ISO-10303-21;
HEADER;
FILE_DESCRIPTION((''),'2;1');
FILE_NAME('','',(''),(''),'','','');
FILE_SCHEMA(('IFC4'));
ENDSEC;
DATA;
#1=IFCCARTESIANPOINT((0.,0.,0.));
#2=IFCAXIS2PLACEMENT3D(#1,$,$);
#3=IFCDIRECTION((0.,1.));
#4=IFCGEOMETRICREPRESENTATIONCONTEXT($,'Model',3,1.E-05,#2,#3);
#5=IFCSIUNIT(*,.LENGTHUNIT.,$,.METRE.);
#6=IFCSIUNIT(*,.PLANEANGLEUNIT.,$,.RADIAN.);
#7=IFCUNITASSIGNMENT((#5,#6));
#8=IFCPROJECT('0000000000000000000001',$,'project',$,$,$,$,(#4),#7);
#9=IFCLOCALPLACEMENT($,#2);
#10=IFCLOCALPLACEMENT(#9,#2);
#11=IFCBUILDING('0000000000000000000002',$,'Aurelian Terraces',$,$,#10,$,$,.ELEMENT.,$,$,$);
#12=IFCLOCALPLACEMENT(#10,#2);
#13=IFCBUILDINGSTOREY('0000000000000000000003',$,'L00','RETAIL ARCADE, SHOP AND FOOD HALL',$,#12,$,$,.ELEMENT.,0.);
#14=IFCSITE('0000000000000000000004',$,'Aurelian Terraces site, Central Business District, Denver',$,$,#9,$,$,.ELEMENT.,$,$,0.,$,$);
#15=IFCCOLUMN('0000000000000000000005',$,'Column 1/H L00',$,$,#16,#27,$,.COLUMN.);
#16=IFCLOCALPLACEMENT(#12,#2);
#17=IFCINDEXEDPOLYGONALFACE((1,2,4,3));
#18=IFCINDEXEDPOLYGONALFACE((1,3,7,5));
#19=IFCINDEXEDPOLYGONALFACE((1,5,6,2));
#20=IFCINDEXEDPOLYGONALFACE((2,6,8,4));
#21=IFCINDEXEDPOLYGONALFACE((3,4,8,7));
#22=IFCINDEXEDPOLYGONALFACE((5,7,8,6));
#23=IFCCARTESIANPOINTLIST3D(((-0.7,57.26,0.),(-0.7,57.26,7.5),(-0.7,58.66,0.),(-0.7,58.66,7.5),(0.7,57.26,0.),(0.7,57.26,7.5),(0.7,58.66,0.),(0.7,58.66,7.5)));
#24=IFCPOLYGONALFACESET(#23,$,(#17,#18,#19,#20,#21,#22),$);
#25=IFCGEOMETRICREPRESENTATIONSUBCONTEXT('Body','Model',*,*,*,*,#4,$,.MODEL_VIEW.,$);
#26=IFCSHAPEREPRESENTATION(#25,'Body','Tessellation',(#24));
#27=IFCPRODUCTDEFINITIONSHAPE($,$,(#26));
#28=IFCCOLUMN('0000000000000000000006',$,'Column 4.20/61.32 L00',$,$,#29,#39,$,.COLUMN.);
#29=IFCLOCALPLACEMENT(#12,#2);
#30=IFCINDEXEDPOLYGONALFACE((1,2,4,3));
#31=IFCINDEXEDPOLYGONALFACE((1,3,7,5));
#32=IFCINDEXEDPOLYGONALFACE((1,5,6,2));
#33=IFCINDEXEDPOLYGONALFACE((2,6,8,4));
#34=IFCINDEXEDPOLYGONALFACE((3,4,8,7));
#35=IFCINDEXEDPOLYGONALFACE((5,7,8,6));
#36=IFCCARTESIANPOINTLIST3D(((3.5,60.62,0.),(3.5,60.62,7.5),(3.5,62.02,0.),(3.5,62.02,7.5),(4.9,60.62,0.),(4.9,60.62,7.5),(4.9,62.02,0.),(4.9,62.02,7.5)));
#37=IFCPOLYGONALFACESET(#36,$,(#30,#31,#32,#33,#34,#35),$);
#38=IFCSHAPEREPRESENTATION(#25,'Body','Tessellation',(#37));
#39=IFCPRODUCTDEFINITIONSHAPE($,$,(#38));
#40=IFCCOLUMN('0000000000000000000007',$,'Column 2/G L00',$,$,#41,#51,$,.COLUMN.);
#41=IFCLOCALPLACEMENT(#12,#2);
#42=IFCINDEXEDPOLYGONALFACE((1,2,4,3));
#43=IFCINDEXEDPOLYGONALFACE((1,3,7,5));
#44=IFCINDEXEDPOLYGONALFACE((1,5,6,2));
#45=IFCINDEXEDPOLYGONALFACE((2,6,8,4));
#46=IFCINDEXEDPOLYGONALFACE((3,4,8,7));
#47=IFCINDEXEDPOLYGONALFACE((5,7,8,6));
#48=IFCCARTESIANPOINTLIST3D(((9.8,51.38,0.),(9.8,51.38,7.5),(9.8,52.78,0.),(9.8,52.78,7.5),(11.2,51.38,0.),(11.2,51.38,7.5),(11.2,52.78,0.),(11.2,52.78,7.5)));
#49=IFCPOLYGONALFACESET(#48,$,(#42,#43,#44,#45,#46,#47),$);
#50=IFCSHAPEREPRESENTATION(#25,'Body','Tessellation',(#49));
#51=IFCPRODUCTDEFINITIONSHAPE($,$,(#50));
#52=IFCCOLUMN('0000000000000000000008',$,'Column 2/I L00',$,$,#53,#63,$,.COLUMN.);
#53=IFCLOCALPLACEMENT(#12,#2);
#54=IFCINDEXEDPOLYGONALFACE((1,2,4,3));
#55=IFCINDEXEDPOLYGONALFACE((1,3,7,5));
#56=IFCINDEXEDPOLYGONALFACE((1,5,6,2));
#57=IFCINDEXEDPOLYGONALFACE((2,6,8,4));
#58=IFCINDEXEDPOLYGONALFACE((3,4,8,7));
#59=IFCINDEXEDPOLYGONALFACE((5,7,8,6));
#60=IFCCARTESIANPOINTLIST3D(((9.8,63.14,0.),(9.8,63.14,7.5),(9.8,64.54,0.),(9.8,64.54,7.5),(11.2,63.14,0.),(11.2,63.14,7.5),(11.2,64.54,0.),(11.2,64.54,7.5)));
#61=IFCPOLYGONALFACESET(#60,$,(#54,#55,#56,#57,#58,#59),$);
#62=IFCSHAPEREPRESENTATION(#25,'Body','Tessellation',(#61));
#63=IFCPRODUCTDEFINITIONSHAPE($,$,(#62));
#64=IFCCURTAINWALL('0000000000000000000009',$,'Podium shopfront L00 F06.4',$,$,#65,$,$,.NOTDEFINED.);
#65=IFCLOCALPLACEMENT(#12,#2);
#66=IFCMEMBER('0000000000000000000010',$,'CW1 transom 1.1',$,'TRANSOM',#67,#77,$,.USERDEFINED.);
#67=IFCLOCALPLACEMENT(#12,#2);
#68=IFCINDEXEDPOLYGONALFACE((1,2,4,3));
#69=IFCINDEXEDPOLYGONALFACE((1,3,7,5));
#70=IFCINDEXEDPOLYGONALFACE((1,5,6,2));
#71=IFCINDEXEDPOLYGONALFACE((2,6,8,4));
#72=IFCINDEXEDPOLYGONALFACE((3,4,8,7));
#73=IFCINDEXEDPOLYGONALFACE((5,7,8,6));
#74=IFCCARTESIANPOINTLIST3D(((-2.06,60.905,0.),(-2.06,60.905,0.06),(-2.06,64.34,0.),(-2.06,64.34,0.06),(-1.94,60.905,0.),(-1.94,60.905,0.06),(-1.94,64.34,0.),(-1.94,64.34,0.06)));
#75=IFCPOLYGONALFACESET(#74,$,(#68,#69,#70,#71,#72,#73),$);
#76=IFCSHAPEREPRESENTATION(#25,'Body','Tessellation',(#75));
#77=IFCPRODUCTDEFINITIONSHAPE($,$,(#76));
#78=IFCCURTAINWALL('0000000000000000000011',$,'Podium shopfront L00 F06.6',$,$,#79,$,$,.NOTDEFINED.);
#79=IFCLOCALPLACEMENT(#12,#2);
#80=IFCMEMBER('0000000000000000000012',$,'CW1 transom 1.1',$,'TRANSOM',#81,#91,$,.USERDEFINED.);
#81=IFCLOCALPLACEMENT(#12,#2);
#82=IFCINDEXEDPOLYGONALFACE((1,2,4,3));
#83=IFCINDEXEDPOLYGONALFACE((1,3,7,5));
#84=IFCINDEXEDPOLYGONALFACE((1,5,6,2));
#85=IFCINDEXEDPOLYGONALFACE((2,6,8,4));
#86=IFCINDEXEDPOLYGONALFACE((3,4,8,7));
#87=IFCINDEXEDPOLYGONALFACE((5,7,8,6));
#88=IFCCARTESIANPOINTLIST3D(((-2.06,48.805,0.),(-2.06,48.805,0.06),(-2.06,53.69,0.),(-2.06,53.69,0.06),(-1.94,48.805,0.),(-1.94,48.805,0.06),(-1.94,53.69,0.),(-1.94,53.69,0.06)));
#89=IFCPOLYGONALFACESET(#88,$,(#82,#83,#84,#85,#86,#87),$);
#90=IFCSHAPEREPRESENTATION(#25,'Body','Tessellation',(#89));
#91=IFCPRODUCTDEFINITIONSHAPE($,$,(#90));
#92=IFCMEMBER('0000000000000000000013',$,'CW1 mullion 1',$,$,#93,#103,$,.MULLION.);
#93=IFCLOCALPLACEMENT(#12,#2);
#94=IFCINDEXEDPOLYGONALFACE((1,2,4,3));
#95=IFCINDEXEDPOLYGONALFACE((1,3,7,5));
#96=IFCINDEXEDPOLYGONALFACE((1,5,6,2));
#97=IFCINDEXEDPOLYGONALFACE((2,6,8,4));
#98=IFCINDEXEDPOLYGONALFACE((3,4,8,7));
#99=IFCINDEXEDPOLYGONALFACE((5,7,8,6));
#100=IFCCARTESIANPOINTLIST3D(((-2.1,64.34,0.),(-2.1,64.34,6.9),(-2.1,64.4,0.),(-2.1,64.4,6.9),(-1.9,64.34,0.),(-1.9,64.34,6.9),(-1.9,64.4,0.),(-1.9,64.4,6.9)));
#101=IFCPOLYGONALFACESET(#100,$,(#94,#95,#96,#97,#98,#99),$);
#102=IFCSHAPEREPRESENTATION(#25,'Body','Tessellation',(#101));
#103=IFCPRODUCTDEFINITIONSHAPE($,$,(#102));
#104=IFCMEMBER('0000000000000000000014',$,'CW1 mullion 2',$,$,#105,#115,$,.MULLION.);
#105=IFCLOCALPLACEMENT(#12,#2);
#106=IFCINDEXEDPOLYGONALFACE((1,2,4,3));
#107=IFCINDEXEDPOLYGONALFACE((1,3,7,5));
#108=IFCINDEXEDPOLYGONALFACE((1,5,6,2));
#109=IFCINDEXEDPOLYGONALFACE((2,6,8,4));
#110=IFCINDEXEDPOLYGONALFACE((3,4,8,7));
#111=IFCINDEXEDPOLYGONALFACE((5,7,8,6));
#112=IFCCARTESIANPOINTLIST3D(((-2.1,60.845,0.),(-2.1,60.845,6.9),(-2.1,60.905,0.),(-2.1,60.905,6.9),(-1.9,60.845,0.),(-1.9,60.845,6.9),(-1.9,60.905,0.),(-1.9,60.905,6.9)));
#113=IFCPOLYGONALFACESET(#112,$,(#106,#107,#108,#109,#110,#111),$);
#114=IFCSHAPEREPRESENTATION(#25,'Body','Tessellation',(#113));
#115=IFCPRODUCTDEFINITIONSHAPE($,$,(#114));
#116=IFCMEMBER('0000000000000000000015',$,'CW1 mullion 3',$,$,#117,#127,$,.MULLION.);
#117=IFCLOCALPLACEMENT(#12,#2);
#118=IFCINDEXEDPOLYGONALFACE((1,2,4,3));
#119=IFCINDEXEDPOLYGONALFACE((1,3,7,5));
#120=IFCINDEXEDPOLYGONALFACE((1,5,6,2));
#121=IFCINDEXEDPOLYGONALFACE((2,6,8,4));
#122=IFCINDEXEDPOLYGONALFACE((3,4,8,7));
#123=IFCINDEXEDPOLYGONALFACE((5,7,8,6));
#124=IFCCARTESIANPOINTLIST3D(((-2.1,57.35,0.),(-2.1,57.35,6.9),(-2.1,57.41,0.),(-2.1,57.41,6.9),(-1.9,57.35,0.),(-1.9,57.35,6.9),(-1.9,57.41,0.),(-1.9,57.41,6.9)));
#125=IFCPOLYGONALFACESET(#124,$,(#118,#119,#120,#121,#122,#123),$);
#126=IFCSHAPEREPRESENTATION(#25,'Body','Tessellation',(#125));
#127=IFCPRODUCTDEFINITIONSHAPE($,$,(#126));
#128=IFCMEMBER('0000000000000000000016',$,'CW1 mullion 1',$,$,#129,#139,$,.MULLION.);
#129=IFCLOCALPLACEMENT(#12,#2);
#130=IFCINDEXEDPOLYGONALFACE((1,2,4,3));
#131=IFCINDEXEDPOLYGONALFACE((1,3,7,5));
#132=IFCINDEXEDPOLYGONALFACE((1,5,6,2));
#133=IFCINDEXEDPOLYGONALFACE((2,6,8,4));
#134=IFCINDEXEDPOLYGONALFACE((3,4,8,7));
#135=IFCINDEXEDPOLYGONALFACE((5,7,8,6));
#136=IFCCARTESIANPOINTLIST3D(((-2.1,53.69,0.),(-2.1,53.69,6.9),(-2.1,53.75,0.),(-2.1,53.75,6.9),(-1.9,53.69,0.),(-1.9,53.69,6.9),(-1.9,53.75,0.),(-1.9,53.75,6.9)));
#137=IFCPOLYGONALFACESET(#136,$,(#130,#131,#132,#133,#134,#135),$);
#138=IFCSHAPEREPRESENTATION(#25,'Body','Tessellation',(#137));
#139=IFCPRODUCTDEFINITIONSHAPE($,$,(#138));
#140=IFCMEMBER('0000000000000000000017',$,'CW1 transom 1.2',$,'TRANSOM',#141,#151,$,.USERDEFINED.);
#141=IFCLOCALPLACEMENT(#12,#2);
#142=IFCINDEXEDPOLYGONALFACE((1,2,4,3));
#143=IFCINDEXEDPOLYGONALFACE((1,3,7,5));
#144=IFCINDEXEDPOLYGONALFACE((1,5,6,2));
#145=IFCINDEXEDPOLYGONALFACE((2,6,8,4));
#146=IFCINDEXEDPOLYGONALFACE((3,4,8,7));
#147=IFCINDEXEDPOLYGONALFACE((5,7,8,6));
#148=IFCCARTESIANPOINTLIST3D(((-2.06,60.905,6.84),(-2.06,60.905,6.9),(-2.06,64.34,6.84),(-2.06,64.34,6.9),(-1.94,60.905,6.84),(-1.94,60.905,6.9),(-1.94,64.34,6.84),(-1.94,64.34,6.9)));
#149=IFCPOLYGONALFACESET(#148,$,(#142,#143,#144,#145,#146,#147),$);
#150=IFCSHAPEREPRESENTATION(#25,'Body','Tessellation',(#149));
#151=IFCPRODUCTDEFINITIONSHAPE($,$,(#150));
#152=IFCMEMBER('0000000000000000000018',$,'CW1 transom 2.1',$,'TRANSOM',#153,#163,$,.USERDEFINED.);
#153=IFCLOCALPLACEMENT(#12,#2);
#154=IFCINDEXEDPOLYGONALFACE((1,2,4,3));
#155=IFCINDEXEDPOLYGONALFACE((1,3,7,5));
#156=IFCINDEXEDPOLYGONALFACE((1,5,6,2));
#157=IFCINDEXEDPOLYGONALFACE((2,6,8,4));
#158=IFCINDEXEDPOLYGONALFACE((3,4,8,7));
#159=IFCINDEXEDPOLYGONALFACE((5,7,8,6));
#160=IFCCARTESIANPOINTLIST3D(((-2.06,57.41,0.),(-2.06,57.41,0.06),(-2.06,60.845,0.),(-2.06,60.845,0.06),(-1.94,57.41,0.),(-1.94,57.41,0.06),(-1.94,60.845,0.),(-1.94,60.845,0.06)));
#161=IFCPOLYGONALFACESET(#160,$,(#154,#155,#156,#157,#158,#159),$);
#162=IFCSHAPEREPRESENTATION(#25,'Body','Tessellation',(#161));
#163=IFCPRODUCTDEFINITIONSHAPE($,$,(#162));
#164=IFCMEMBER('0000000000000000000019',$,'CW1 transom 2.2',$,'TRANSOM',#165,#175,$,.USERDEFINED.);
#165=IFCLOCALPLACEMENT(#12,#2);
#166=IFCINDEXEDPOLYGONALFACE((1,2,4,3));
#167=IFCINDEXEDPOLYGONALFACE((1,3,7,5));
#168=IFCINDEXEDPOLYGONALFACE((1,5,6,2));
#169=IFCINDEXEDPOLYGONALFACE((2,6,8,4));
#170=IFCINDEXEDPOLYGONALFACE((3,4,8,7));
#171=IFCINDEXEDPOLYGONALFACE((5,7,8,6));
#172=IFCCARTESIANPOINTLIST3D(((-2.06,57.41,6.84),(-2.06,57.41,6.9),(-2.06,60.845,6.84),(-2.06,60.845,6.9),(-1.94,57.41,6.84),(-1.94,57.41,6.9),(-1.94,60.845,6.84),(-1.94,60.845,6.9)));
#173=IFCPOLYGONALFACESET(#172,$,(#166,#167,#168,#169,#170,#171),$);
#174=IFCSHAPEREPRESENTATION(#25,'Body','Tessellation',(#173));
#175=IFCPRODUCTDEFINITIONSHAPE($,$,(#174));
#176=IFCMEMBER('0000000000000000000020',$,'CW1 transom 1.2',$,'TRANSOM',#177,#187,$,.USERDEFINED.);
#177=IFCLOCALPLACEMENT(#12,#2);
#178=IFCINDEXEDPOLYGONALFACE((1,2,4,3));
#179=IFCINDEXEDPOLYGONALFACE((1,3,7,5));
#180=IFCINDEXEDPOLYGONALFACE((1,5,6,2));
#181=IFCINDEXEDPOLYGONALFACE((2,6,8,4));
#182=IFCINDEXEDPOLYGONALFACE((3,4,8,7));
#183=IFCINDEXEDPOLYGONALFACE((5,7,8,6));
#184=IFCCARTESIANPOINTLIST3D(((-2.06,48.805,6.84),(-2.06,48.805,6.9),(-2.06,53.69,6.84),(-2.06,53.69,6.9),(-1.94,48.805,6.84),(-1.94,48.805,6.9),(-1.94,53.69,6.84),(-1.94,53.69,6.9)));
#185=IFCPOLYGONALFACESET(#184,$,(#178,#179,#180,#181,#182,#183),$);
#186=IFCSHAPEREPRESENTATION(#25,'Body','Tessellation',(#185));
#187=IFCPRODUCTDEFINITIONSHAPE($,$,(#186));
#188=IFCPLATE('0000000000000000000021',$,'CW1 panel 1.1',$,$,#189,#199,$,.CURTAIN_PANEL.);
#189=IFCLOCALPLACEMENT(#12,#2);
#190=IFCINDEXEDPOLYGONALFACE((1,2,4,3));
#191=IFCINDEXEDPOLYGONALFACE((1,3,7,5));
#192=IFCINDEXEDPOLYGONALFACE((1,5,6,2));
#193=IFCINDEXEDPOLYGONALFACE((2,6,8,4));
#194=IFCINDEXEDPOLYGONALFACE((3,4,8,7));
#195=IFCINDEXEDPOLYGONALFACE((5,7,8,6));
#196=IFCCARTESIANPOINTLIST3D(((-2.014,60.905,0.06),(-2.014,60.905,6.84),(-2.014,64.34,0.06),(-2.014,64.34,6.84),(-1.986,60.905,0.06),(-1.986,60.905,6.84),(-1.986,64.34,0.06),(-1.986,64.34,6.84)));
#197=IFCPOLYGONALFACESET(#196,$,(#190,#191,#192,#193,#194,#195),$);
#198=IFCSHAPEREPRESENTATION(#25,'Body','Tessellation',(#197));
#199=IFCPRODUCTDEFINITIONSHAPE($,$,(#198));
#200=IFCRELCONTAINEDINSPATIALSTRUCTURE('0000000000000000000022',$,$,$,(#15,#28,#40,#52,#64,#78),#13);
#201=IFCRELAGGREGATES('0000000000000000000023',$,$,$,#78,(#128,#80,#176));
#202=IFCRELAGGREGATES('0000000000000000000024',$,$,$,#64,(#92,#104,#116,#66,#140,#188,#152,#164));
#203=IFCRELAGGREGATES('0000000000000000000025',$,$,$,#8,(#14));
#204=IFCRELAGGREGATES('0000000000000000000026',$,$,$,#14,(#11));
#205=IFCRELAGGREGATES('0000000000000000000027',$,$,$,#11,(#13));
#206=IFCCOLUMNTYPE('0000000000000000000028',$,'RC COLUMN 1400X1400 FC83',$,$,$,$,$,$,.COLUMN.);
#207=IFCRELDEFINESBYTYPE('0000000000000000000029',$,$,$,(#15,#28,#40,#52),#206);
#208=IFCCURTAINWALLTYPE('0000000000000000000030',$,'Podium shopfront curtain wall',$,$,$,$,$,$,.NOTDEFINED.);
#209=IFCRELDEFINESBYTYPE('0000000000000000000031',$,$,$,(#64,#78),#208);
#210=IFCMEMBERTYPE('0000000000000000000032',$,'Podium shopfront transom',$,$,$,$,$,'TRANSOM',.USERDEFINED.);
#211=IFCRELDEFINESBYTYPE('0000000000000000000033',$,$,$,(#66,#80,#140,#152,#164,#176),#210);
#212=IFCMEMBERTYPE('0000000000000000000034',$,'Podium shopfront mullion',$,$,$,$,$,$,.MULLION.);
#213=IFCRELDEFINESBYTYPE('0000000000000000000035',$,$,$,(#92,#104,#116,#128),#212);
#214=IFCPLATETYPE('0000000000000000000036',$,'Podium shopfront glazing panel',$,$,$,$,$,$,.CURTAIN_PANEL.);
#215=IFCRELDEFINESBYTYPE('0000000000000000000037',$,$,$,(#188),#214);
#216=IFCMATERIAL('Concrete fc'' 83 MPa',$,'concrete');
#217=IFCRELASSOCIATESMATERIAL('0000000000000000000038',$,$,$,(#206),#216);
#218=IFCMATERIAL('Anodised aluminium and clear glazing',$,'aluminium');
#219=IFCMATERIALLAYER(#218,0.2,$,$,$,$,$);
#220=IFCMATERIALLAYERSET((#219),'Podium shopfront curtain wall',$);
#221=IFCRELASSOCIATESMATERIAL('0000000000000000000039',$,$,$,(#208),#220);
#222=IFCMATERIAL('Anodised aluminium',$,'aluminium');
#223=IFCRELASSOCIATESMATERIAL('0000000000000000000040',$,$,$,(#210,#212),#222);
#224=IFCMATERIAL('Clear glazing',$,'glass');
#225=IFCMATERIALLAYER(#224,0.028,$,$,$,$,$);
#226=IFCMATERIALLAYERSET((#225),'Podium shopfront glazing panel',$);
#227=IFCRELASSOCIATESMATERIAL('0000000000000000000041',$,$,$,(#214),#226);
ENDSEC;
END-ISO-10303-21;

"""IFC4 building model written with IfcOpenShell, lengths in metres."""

from ifc_helpers import new_model, si_unit, direction, frame, origin, origin_2d, place, context, subcontext, project, spatial, rectangle, extrude, source, transform, mapped, material, layer, layer_set, material_profile, profile_set, type_object, element, aggregate, save


model = new_model("IFC4")

# Units and contexts
model_context = context("Model", 3, precision=1e-05, world=origin(), true_north=direction((0.0, 1.0)))
body_context = subcontext(model_context, "Body", "Model", "MODEL_VIEW")
ifc_project = project(units=[si_unit("LENGTHUNIT", "METRE"), si_unit("PLANEANGLEUNIT", "RADIAN")], contexts=[model_context])

# Site, building, storey
site_placement = place(None, origin())
site = spatial("IfcSite", under=ifc_project, at=site_placement, Name="Aurelian Terraces site, Central Business District, Denver", CompositionType="ELEMENT", RefElevation=0.0)
building_placement = place(site_placement, origin())
building = spatial("IfcBuilding", under=site, at=building_placement, Name="Aurelian Terraces", CompositionType="ELEMENT")
storey_placement = place(building_placement, origin())
storey = spatial("IfcBuildingStorey", under=building, at=storey_placement, Name="L00", Description="RETAIL ARCADE, SHOP AND FOOD HALL", CompositionType="ELEMENT", Elevation=0.0)

# Columns
ifc_material_1 = material(Name="Concrete fc' 83 MPa", Category="concrete")
ifc_material_profile_1 = material_profile(ifc_material_1, rectangle(XDim=1.4, YDim=1.4, at=origin_2d()))
ifc_profile_set_1 = profile_set([ifc_material_profile_1], Name="Concrete fc' 83 MPa")
column_type = type_object("IfcColumnType", Name="RC COLUMN 1400X1400 FC83", PredefinedType="COLUMN", material=ifc_profile_set_1)
shared_shape_1 = source(origin(), body_context, "Body", "SweptSolid", [
    extrude(rectangle(XDim=1.4, YDim=1.4, at=origin_2d()), origin(), (0.0, 0.0, 1.0), 7.5),
])
for number, where, z_axis, x_axis, name in (
    (1, (0.0, 57.96, 0.0), (0.0, 0.0, 1.0), (1.0, 0.0, 0.0), "Column 1/H L00"),
    (2, (4.2, 61.32, 0.0), (0.0, 0.0, 1.0), (1.0, 0.0, 0.0), "Column 4.20/61.32 L00"),
    (3, (10.5, 52.08, 0.0), (0.0, 0.0, 1.0), (1.0, 0.0, 0.0), "Column 2/G L00"),
    (4, (10.5, 63.84, 0.0), (0.0, 0.0, 1.0), (1.0, 0.0, 0.0), "Column 2/I L00"),
):
    element("IfcColumn", number, at=place(storey_placement, frame(where, z_axis=z_axis, x_axis=x_axis)), inside=storey, type_object=column_type, Name=name, PredefinedType="COLUMN", context=body_context, shape_type="MappedRepresentation", body=[
        mapped(shared_shape_1, transform((0.0, 0.0, 0.0), scale=1.0)),
    ])

# Curtain walls, members
ifc_material_2 = material(Name="Anodised aluminium and clear glazing", Category="aluminium")
ifc_layer_1 = layer(ifc_material_2, 0.2)
ifc_layer_set_1 = layer_set([ifc_layer_1], Name="Podium shopfront curtain wall")
curtain_wall_type = type_object("IfcCurtainWallType", Name="Podium shopfront curtain wall", PredefinedType="NOTDEFINED", material=ifc_layer_set_1)
curtain_wall_1_placement = place(storey_placement, origin())
curtain_wall_1 = element("IfcCurtainWall", 5, at=curtain_wall_1_placement, inside=storey, type_object=curtain_wall_type, Name="Podium shopfront L00 F06.4", PredefinedType="NOTDEFINED")
ifc_material_3 = material(Name="Anodised aluminium", Category="aluminium")
ifc_material_profile_2 = material_profile(ifc_material_3, rectangle(XDim=0.12, YDim=0.06, at=origin_2d()))
ifc_profile_set_2 = profile_set([ifc_material_profile_2], Name="Anodised aluminium")
member_type_1 = type_object("IfcMemberType", Name="Podium shopfront transom", ElementType="TRANSOM", PredefinedType="USERDEFINED", material=ifc_profile_set_2)
member_1_placement = place(storey_placement, frame((-2.0, 64.34, 0.03), z_axis=(0.0, -1.0, 0.0), x_axis=(1.0, 0.0, 0.0)))
member_1 = element("IfcMember", 6, at=member_1_placement, type_object=member_type_1, Name="CW1 transom 1.1", ObjectType="TRANSOM", PredefinedType="USERDEFINED", context=body_context, shape_type="SweptSolid", body=[
    extrude(rectangle(XDim=0.12, YDim=0.06, at=origin_2d()), origin(), (0.0, 0.0, 1.0), 3.435),
])
curtain_wall_2_placement = place(storey_placement, origin())
curtain_wall_2 = element("IfcCurtainWall", 7, at=curtain_wall_2_placement, inside=storey, type_object=curtain_wall_type, Name="Podium shopfront L00 F06.6", PredefinedType="NOTDEFINED")
member_2_placement = place(storey_placement, frame((-2.0, 53.69, 0.03), z_axis=(0.0, -1.0, 0.0), x_axis=(1.0, 0.0, 0.0)))
member_2 = element("IfcMember", 8, at=member_2_placement, type_object=member_type_1, Name="CW1 transom 1.1", ObjectType="TRANSOM", PredefinedType="USERDEFINED", context=body_context, shape_type="SweptSolid", body=[
    extrude(rectangle(XDim=0.12, YDim=0.06, at=origin_2d()), origin(), (0.0, 0.0, 1.0), 4.885),
])

# Members
ifc_material_profile_3 = material_profile(ifc_material_3, rectangle(XDim=0.2, YDim=0.06, at=origin_2d()))
ifc_profile_set_3 = profile_set([ifc_material_profile_3], Name="Anodised aluminium")
member_type_2 = type_object("IfcMemberType", Name="Podium shopfront mullion", PredefinedType="MULLION", material=ifc_profile_set_3)
shared_shape_2 = source(origin(), body_context, "Body", "SweptSolid", [
    extrude(rectangle(XDim=0.2, YDim=0.06, at=origin_2d()), origin(), (0.0, 0.0, 1.0), 6.9),
])
member_3_placement = place(storey_placement, frame((-2.0, 64.37, 0.0), z_axis=(0.0, 0.0, 1.0), x_axis=(1.0, 0.0, 0.0)))
member_3 = element("IfcMember", 9, at=member_3_placement, type_object=member_type_2, Name="CW1 mullion 1", PredefinedType="MULLION", context=body_context, shape_type="MappedRepresentation", body=[
    mapped(shared_shape_2, transform((0.0, 0.0, 0.0), scale=1.0)),
])
member_4_placement = place(storey_placement, frame((-2.0, 60.875, 0.0), z_axis=(0.0, 0.0, 1.0), x_axis=(1.0, 0.0, 0.0)))
member_4 = element("IfcMember", 10, at=member_4_placement, type_object=member_type_2, Name="CW1 mullion 2", PredefinedType="MULLION", context=body_context, shape_type="MappedRepresentation", body=[
    mapped(shared_shape_2, transform((0.0, 0.0, 0.0), scale=1.0)),
])
member_5_placement = place(storey_placement, frame((-2.0, 57.38, 0.0), z_axis=(0.0, 0.0, 1.0), x_axis=(1.0, 0.0, 0.0)))
member_5 = element("IfcMember", 11, at=member_5_placement, type_object=member_type_2, Name="CW1 mullion 3", PredefinedType="MULLION", context=body_context, shape_type="MappedRepresentation", body=[
    mapped(shared_shape_2, transform((0.0, 0.0, 0.0), scale=1.0)),
])
member_6_placement = place(storey_placement, frame((-2.0, 53.72, 0.0), z_axis=(0.0, 0.0, 1.0), x_axis=(1.0, 0.0, 0.0)))
member_6 = element("IfcMember", 12, at=member_6_placement, type_object=member_type_2, Name="CW1 mullion 1", PredefinedType="MULLION", context=body_context, shape_type="MappedRepresentation", body=[
    mapped(shared_shape_2, transform((0.0, 0.0, 0.0), scale=1.0)),
])
shared_shape_3 = source(origin(), body_context, "Body", "SweptSolid", [
    extrude(rectangle(XDim=0.12, YDim=0.06, at=origin_2d()), origin(), (0.0, 0.0, 1.0), 3.435),
])
member_7_placement = place(storey_placement, frame((-2.0, 64.34, 6.87), z_axis=(0.0, -1.0, 0.0), x_axis=(1.0, 0.0, 0.0)))
member_7 = element("IfcMember", 13, at=member_7_placement, type_object=member_type_1, Name="CW1 transom 1.2", ObjectType="TRANSOM", PredefinedType="USERDEFINED", context=body_context, shape_type="MappedRepresentation", body=[
    mapped(shared_shape_3, transform((0.0, 0.0, 0.0), scale=1.0)),
])
member_8_placement = place(storey_placement, frame((-2.0, 60.845, 0.03), z_axis=(0.0, -1.0, 0.0), x_axis=(1.0, 0.0, 0.0)))
member_8 = element("IfcMember", 14, at=member_8_placement, type_object=member_type_1, Name="CW1 transom 2.1", ObjectType="TRANSOM", PredefinedType="USERDEFINED", context=body_context, shape_type="MappedRepresentation", body=[
    mapped(shared_shape_3, transform((0.0, 0.0, 0.0), scale=1.0)),
])
member_9_placement = place(storey_placement, frame((-2.0, 60.845, 6.87), z_axis=(0.0, -1.0, 0.0), x_axis=(1.0, 0.0, 0.0)))
member_9 = element("IfcMember", 15, at=member_9_placement, type_object=member_type_1, Name="CW1 transom 2.2", ObjectType="TRANSOM", PredefinedType="USERDEFINED", context=body_context, shape_type="MappedRepresentation", body=[
    mapped(shared_shape_3, transform((0.0, 0.0, 0.0), scale=1.0)),
])
shared_shape_4 = source(origin(), body_context, "Body", "SweptSolid", [
    extrude(rectangle(XDim=0.12, YDim=0.06, at=origin_2d()), origin(), (0.0, 0.0, 1.0), 4.885),
])
member_10_placement = place(storey_placement, frame((-2.0, 53.69, 6.87), z_axis=(0.0, -1.0, 0.0), x_axis=(1.0, 0.0, 0.0)))
member_10 = element("IfcMember", 16, at=member_10_placement, type_object=member_type_1, Name="CW1 transom 1.2", ObjectType="TRANSOM", PredefinedType="USERDEFINED", context=body_context, shape_type="MappedRepresentation", body=[
    mapped(shared_shape_4, transform((0.0, 0.0, 0.0), scale=1.0)),
])
aggregate(curtain_wall_2, [member_6, member_2, member_10])

# Plate
ifc_material_4 = material(Name="Clear glazing", Category="glass")
ifc_layer_2 = layer(ifc_material_4, 0.028)
ifc_layer_set_2 = layer_set([ifc_layer_2], Name="Podium shopfront glazing panel")
plate_type = type_object("IfcPlateType", Name="Podium shopfront glazing panel", PredefinedType="CURTAIN_PANEL", material=ifc_layer_set_2)
plate_1_placement = place(storey_placement, frame((-2.0, 62.6225, 0.06), z_axis=(0.0, 0.0, 1.0), x_axis=(0.0, -1.0, 0.0)))
plate_1 = element("IfcPlate", 17, at=plate_1_placement, type_object=plate_type, Name="CW1 panel 1.1", PredefinedType="CURTAIN_PANEL", context=body_context, shape_type="SweptSolid", body=[
    extrude(rectangle(XDim=3.435, YDim=0.028, at=origin_2d()), origin(), (0.0, 0.0, 1.0), 6.78),
])
aggregate(curtain_wall_1, [member_3, member_4, member_5, member_1, member_7, plate_1, member_8, member_9])

save(model, "model.ifc")
